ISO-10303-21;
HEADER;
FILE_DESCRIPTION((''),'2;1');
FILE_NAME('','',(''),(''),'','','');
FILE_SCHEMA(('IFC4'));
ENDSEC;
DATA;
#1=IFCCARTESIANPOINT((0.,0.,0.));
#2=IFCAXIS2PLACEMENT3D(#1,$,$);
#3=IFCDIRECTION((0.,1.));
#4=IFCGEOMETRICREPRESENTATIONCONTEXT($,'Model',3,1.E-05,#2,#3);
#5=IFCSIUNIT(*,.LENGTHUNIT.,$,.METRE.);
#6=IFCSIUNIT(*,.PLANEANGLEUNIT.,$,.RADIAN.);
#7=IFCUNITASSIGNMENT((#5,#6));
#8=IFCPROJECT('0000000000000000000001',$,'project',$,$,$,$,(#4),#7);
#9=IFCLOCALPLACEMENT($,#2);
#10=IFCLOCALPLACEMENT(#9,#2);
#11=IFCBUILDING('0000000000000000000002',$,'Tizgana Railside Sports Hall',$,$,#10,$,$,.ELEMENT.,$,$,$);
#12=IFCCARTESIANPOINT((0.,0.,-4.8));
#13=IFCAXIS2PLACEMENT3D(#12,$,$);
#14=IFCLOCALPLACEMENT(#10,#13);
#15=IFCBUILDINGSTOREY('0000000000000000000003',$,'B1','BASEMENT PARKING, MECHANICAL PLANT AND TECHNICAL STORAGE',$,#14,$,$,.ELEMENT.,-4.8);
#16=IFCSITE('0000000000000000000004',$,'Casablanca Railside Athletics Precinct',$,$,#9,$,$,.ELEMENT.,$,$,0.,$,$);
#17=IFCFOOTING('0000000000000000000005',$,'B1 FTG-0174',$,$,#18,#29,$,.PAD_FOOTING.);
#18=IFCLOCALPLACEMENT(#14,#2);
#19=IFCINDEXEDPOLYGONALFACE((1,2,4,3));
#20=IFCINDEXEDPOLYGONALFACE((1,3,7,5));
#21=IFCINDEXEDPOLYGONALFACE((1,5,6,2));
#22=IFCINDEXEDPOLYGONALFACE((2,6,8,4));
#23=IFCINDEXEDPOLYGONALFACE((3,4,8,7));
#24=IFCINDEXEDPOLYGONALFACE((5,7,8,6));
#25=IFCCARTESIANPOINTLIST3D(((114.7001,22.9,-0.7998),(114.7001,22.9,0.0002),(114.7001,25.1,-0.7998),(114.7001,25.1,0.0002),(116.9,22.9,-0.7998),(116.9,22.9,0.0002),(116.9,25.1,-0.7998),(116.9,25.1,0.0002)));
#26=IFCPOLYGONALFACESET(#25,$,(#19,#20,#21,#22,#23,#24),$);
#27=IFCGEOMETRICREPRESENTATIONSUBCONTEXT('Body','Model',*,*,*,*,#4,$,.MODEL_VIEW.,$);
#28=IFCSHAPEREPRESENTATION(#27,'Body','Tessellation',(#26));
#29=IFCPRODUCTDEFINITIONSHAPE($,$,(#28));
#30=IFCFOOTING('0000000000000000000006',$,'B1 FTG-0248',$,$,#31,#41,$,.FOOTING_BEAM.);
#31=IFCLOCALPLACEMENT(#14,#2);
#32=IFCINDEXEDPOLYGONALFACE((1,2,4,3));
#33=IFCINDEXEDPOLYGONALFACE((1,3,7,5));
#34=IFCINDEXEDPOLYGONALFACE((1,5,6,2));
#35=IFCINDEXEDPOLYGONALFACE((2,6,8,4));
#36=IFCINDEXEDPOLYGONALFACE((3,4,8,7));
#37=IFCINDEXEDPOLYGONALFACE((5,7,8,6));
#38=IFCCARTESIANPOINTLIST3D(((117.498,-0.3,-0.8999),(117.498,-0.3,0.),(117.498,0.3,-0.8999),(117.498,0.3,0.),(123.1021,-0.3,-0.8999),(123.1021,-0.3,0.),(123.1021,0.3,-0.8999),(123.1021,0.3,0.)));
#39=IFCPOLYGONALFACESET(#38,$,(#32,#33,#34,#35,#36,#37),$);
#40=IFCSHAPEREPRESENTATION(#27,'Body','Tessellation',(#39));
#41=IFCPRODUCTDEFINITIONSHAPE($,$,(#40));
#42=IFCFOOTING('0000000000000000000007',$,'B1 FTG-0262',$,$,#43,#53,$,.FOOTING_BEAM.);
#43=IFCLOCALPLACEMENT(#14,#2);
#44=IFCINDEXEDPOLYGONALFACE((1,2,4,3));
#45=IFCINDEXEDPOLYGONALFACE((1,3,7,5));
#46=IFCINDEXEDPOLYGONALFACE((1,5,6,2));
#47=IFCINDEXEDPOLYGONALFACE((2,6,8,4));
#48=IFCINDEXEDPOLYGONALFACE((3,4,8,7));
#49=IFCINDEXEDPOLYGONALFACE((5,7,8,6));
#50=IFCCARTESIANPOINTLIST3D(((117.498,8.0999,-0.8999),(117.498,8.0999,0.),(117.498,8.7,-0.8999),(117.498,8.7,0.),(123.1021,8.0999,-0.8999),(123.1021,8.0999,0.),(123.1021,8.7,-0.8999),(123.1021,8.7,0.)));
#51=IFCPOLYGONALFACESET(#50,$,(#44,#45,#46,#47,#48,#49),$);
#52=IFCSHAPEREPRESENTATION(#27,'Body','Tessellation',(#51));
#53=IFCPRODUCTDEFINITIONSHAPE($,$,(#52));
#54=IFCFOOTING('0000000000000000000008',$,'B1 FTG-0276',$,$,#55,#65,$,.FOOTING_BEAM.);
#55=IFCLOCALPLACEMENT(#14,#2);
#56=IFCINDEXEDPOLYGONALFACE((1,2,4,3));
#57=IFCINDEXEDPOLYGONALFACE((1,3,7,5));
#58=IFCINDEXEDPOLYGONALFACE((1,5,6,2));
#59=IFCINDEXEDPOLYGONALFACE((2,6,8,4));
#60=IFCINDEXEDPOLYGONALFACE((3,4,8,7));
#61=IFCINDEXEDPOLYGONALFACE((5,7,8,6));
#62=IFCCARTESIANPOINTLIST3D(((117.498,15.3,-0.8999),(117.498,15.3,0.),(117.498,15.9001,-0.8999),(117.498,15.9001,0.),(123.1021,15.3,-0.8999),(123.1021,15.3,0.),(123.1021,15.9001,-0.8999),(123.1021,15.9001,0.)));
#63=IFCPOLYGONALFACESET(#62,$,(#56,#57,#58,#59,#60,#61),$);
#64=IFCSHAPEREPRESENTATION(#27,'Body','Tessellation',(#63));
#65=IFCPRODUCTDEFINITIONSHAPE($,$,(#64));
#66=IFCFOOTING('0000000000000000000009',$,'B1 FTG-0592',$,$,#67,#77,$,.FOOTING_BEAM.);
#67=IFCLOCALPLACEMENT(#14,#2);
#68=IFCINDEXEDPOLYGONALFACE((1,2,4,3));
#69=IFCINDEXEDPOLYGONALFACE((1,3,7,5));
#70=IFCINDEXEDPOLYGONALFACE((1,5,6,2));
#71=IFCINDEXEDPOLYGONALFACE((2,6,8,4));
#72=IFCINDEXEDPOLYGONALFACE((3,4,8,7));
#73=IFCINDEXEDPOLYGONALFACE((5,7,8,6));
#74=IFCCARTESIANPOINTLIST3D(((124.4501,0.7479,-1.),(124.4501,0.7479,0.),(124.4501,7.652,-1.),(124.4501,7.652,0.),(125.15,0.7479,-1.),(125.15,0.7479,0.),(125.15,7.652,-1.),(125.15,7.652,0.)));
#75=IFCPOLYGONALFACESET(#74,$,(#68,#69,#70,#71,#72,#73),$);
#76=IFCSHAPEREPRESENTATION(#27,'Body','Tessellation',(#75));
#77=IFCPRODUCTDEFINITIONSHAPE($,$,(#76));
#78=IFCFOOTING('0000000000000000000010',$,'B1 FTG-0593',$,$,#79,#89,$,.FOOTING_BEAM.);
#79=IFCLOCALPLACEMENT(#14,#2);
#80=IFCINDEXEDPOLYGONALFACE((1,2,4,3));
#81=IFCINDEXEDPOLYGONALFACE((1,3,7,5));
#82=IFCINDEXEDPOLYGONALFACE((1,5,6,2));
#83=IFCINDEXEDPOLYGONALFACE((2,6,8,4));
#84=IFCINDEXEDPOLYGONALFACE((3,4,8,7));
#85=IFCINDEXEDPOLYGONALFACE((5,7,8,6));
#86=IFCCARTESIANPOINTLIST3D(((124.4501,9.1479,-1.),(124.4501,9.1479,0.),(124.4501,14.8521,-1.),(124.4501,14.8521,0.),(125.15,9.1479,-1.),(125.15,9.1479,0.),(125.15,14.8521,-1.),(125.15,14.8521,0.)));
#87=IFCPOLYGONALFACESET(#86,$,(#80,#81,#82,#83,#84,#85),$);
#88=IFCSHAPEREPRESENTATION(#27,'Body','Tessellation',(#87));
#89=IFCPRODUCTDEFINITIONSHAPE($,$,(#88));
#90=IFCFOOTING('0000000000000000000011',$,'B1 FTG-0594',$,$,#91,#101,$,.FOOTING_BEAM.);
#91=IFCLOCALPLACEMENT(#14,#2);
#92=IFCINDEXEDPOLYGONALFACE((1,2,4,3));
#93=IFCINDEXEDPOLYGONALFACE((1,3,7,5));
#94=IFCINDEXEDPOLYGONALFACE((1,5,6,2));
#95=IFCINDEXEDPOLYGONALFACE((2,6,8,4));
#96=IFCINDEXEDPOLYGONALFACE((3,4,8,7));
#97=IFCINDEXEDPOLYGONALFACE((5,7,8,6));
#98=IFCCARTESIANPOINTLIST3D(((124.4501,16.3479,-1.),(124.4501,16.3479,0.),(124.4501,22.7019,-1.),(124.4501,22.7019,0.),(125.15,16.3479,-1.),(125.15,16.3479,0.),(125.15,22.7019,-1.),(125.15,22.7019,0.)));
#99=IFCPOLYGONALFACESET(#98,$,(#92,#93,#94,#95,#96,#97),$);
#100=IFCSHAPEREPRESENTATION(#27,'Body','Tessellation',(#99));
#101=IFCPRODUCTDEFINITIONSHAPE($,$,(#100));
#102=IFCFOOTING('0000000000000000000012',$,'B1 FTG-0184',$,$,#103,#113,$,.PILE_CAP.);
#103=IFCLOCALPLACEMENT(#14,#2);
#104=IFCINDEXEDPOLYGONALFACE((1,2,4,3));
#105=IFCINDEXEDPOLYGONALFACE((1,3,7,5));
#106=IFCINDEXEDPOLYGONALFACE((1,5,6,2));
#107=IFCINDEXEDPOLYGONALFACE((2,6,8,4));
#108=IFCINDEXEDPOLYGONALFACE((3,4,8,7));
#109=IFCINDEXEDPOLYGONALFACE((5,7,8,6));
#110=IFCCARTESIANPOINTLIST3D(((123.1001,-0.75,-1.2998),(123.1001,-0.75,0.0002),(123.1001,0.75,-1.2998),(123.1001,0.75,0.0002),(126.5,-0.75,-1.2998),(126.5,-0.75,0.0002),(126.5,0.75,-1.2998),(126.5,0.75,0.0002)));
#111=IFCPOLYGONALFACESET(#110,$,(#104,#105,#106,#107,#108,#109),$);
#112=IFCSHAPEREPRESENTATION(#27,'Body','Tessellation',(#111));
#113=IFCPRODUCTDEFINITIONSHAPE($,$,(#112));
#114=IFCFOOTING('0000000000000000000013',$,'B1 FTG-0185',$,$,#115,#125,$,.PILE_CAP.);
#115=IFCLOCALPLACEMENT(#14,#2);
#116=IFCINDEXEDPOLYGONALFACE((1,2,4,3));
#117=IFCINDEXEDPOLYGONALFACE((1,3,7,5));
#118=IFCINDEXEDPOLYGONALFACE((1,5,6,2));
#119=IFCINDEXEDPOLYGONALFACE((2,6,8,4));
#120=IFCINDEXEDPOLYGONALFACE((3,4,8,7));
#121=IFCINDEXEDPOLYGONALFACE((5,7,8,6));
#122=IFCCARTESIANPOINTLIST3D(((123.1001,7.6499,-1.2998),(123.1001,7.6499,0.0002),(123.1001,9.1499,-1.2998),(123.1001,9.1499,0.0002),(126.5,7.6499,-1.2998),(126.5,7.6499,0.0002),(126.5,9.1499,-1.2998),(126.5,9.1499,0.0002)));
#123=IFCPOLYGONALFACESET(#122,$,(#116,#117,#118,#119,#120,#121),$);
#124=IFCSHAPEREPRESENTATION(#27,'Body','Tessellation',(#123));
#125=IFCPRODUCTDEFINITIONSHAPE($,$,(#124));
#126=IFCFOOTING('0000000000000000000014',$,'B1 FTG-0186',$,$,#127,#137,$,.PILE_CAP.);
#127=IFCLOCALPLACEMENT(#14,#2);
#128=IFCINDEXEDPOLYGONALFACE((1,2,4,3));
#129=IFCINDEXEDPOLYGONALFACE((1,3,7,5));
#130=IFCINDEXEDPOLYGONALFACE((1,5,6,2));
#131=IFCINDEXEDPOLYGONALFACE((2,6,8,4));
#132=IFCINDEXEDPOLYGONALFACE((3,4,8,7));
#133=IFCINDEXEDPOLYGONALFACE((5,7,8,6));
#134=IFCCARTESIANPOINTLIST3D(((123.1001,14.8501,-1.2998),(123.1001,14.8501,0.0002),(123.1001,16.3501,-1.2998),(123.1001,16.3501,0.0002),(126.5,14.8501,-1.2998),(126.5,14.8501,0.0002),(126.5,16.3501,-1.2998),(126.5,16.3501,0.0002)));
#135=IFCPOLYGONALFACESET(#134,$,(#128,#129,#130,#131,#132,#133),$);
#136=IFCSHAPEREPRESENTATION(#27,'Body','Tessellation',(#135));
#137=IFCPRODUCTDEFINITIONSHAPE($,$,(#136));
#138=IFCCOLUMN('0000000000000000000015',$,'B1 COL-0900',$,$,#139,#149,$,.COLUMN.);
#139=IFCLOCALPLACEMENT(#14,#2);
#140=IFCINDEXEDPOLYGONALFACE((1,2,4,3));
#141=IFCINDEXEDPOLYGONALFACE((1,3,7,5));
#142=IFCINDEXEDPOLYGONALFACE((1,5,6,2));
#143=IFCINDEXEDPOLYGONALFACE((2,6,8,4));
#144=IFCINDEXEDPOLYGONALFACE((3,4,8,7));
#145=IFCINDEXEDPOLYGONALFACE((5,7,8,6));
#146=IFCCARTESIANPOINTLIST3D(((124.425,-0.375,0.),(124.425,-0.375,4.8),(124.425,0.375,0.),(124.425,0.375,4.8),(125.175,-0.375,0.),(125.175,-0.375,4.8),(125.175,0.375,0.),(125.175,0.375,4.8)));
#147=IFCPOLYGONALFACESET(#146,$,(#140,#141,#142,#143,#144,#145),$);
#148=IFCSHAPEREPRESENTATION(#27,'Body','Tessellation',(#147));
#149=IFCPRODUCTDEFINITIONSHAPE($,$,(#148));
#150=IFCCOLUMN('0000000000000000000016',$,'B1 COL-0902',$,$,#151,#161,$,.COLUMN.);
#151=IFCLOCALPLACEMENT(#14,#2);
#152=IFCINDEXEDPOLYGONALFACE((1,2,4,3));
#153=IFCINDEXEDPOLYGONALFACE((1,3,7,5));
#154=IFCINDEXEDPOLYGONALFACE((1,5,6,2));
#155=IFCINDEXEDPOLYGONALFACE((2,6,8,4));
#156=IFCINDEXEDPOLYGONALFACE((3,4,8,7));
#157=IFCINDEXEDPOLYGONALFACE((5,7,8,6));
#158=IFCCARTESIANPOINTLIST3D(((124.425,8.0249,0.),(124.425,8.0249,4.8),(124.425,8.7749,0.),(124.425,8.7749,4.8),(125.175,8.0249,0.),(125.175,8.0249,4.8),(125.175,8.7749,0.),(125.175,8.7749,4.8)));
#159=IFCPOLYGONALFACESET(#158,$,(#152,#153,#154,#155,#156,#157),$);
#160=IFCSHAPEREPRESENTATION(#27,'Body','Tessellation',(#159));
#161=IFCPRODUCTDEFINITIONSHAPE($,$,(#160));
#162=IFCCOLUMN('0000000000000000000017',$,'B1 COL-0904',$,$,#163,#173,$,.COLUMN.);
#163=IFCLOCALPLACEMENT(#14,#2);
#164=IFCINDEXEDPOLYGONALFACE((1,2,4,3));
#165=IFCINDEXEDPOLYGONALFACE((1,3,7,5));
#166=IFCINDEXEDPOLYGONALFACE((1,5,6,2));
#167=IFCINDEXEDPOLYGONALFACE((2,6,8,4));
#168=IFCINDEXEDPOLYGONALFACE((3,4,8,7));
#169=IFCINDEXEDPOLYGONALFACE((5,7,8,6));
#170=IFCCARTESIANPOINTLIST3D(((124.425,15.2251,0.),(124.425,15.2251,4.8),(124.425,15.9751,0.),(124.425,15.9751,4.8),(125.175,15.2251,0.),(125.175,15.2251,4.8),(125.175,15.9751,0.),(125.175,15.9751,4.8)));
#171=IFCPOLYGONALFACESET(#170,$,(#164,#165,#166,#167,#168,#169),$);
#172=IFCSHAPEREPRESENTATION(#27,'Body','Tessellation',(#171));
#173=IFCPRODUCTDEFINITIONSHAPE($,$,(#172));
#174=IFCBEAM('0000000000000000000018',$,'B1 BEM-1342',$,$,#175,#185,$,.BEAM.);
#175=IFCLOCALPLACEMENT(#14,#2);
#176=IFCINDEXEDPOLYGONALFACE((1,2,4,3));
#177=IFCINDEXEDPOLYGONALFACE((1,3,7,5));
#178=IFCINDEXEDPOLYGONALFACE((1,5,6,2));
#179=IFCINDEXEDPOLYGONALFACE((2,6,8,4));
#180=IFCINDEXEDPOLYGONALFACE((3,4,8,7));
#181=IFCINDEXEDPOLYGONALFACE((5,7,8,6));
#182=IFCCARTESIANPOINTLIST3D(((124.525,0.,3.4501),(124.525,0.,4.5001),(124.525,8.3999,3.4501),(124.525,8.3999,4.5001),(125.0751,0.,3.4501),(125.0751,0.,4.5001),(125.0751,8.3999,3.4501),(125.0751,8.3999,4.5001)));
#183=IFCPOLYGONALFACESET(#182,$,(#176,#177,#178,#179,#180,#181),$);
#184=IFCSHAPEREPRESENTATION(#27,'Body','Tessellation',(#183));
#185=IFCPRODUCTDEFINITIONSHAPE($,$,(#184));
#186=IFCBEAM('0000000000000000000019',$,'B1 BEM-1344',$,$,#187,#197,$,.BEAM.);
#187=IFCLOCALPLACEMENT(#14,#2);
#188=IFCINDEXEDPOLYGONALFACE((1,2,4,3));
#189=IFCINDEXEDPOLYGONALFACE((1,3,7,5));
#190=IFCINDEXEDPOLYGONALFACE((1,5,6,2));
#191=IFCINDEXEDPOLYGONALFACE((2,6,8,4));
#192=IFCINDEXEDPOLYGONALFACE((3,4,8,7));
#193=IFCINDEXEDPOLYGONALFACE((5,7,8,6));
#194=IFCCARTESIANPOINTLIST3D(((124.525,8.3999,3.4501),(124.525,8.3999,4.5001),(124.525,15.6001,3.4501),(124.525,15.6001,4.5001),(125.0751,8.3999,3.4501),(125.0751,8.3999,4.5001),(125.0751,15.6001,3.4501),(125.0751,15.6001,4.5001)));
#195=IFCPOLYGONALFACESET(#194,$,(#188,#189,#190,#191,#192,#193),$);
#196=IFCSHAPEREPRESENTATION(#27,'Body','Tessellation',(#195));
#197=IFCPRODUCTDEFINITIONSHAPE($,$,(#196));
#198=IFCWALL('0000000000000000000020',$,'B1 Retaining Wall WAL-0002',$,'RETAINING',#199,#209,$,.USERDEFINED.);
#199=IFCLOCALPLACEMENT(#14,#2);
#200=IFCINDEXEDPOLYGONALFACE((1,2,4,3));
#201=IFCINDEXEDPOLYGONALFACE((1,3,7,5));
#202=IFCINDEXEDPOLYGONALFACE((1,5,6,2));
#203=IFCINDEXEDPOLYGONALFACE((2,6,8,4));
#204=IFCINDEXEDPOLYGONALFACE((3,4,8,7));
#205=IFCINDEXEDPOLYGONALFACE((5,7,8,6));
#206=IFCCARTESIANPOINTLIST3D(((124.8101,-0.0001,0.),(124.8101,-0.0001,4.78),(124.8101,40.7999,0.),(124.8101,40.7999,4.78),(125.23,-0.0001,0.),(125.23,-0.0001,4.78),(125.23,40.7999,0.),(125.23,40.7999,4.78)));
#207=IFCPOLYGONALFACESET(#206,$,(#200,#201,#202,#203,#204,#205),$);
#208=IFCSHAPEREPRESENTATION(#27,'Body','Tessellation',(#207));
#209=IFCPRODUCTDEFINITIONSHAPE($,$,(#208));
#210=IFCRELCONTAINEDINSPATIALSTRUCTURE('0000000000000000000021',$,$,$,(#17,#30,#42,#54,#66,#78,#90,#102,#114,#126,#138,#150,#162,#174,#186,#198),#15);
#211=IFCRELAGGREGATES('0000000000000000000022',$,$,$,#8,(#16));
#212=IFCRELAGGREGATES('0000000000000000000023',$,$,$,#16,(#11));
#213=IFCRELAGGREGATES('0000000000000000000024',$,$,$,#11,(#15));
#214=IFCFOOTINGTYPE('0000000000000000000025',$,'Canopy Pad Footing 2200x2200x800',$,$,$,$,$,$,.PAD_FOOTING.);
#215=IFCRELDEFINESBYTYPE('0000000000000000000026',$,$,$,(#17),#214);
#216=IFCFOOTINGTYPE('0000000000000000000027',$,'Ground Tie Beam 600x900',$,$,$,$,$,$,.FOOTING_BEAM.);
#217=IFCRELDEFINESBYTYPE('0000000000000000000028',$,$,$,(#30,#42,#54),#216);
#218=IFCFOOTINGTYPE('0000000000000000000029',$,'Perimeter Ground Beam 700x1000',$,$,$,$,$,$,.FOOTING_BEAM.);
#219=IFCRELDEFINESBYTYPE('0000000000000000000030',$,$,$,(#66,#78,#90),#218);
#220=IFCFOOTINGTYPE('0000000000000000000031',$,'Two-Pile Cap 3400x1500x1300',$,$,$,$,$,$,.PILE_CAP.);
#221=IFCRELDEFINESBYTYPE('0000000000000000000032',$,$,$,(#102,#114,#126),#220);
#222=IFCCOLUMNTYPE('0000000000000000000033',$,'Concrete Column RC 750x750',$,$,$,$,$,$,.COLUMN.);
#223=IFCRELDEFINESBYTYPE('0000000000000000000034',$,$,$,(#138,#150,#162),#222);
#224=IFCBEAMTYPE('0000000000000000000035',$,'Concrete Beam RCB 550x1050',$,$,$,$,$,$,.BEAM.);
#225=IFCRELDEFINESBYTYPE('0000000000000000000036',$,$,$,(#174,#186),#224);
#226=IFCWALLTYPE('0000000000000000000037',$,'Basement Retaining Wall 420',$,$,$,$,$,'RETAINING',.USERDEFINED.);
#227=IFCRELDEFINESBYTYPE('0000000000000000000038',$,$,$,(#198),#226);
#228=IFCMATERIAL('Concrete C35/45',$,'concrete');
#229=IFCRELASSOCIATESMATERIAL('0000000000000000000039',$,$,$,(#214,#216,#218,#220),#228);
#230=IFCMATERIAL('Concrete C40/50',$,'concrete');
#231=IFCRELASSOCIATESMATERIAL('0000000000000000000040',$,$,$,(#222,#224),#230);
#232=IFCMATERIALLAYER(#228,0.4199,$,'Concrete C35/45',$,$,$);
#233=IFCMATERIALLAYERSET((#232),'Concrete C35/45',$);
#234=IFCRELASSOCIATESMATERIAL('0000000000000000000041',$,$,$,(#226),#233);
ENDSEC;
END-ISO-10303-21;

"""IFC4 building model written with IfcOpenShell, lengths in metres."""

from ifc_helpers import new_model, si_unit, direction, frame, frame_2d, origin, origin_2d, place, context, subcontext, project, spatial, rectangle, extrude, material, layer, layer_set, material_profile, profile_set, type_object, element, save


model = new_model("IFC4")

# Units and contexts
model_context = context("Model", 3, precision=1e-05, world=origin(), true_north=direction((0.0, 1.0)))
body_context = subcontext(model_context, "Body", "Model", "MODEL_VIEW")
ifc_project = project(units=[si_unit("LENGTHUNIT", "METRE"), si_unit("PLANEANGLEUNIT", "RADIAN")], contexts=[model_context])

# Site, building, storey
site_placement = place(None, origin())
site = spatial("IfcSite", under=ifc_project, at=site_placement, Name="Casablanca Railside Athletics Precinct", CompositionType="ELEMENT", RefElevation=0.0)
building_placement = place(site_placement, origin())
building = spatial("IfcBuilding", under=site, at=building_placement, Name="Tizgana Railside Sports Hall", CompositionType="ELEMENT")
storey_placement = place(building_placement, frame((0.0, 0.0, -4.8)))
storey = spatial("IfcBuildingStorey", under=building, at=storey_placement, Name="B1", Description="BASEMENT PARKING, MECHANICAL PLANT AND TECHNICAL STORAGE", CompositionType="ELEMENT", Elevation=-4.8)

# Shared definitions
ifc_material_1 = material(Name="Concrete C35/45", Category="concrete")

# Footings
footing_type_1 = type_object("IfcFootingType", Name="Canopy Pad Footing 2200x2200x800", PredefinedType="PAD_FOOTING", material=ifc_material_1)
footing_1_placement = place(storey_placement, frame((115.8, 24.0, -0.7998), z_axis=(0.0, 0.0, 1.0), x_axis=(1.0, 0.0, 0.0)))
element("IfcFooting", 1, at=footing_1_placement, inside=storey, type_object=footing_type_1, Name="B1 FTG-0174", PredefinedType="PAD_FOOTING", context=body_context, shape_type="SweptSolid", body=[
    extrude(rectangle(XDim=2.2, YDim=2.2, at=origin_2d()), origin(), (0.0, 0.0, 1.0), 0.8),
])
footing_type_2 = type_object("IfcFootingType", Name="Ground Tie Beam 600x900", PredefinedType="FOOTING_BEAM", material=ifc_material_1)
for number, where, z_axis, x_axis, name in (
    (2, (120.3, 0.0, -0.8999), (0.0, 0.0, 1.0), (1.0, 0.0, 0.0), "B1 FTG-0248"),
    (3, (120.3, 8.3999, -0.8999), (0.0, 0.0, 1.0), (1.0, 0.0, 0.0), "B1 FTG-0262"),
    (4, (120.3, 15.6001, -0.8999), (0.0, 0.0, 1.0), (1.0, 0.0, 0.0), "B1 FTG-0276"),
):
    element("IfcFooting", number, at=place(storey_placement, frame(where, z_axis=z_axis, x_axis=x_axis)), inside=storey, type_object=footing_type_2, Name=name, PredefinedType="FOOTING_BEAM", context=body_context, shape_type="SweptSolid", body=[
        extrude(rectangle(XDim=5.604, YDim=0.6001, at=origin_2d()), origin(), (0.0, 0.0, 1.0), 0.8999),
    ])
footing_type_3 = type_object("IfcFootingType", Name="Perimeter Ground Beam 700x1000", PredefinedType="FOOTING_BEAM", material=ifc_material_1)
footing_2_placement = place(storey_placement, frame((124.8, 4.2, -1.0), z_axis=(0.0, 0.0, 1.0), x_axis=(0.0, 1.0, 0.0)))
element("IfcFooting", 5, at=footing_2_placement, inside=storey, type_object=footing_type_3, Name="B1 FTG-0592", PredefinedType="FOOTING_BEAM", context=body_context, shape_type="SweptSolid", body=[
    extrude(rectangle(XDim=6.9041, YDim=0.7, at=origin_2d()), origin(), (0.0, 0.0, 1.0), 1.0),
])
footing_3_placement = place(storey_placement, frame((124.8, 12.0, -1.0), z_axis=(0.0, 0.0, 1.0), x_axis=(0.0, 1.0, 0.0)))
element("IfcFooting", 6, at=footing_3_placement, inside=storey, type_object=footing_type_3, Name="B1 FTG-0593", PredefinedType="FOOTING_BEAM", context=body_context, shape_type="SweptSolid", body=[
    extrude(rectangle(XDim=5.7041, YDim=0.7, at=origin_2d()), origin(), (0.0, 0.0, 1.0), 1.0),
])
footing_4_placement = place(storey_placement, frame((124.8, 19.5249, -1.0), z_axis=(0.0, 0.0, 1.0), x_axis=(0.0, 1.0, 0.0)))
element("IfcFooting", 7, at=footing_4_placement, inside=storey, type_object=footing_type_3, Name="B1 FTG-0594", PredefinedType="FOOTING_BEAM", context=body_context, shape_type="SweptSolid", body=[
    extrude(rectangle(XDim=6.354, YDim=0.7, at=origin_2d()), origin(), (0.0, 0.0, 1.0), 1.0),
])
footing_type_4 = type_object("IfcFootingType", Name="Two-Pile Cap 3400x1500x1300", PredefinedType="PILE_CAP", material=ifc_material_1)
for number, where, z_axis, x_axis, name in (
    (8, (124.8, 0.0, -1.2998), (0.0, 0.0, 1.0), (1.0, 0.0, 0.0), "B1 FTG-0184"),
    (9, (124.8, 8.3999, -1.2998), (0.0, 0.0, 1.0), (1.0, 0.0, 0.0), "B1 FTG-0185"),
    (10, (124.8, 15.6001, -1.2998), (0.0, 0.0, 1.0), (1.0, 0.0, 0.0), "B1 FTG-0186"),
):
    element("IfcFooting", number, at=place(storey_placement, frame(where, z_axis=z_axis, x_axis=x_axis)), inside=storey, type_object=footing_type_4, Name=name, PredefinedType="PILE_CAP", context=body_context, shape_type="SweptSolid", body=[
        extrude(rectangle(XDim=3.3999, YDim=1.5, at=origin_2d()), origin(), (0.0, 0.0, 1.0), 1.3),
    ])

# Columns
ifc_material_2 = material(Name="Concrete C40/50", Category="concrete")
ifc_material_profile_1 = material_profile(ifc_material_2, rectangle(XDim=0.75, YDim=0.75, at=origin_2d()), Name="RC 750x750")
ifc_profile_set_1 = profile_set([ifc_material_profile_1], Name="Concrete C40/50")
column_type = type_object("IfcColumnType", Name="Concrete Column RC 750x750", PredefinedType="COLUMN", material=ifc_profile_set_1)
for number, where, z_axis, x_axis, name in (
    (11, (124.8, 0.0, 0.0), (0.0, 0.0, 1.0), (1.0, 0.0, 0.0), "B1 COL-0900"),
    (12, (124.8, 8.3999, 0.0), (0.0, 0.0, 1.0), (1.0, 0.0, 0.0), "B1 COL-0902"),
    (13, (124.8, 15.6001, 0.0), (0.0, 0.0, 1.0), (1.0, 0.0, 0.0), "B1 COL-0904"),
):
    element("IfcColumn", number, at=place(storey_placement, frame(where, z_axis=z_axis, x_axis=x_axis)), inside=storey, type_object=column_type, Name=name, PredefinedType="COLUMN", context=body_context, shape_type="SweptSolid", body=[
        extrude(rectangle(XDim=0.75, YDim=0.75, at=origin_2d()), origin(), (0.0, 0.0, 1.0), 4.8),
    ])

# Beams
ifc_material_profile_2 = material_profile(ifc_material_2, rectangle(XDim=0.55, YDim=1.05, at=origin_2d()), Name="RCB 550x1050")
ifc_profile_set_2 = profile_set([ifc_material_profile_2], Name="Concrete C40/50")
beam_type = type_object("IfcBeamType", Name="Concrete Beam RCB 550x1050", PredefinedType="BEAM", material=ifc_profile_set_2)
beam_1_placement = place(storey_placement, frame((124.8, 0.0, 3.9751), z_axis=(0.0, 1.0, 0.0), x_axis=(-1.0, 0.0, 0.0)))
element("IfcBeam", 14, at=beam_1_placement, inside=storey, type_object=beam_type, Name="B1 BEM-1342", PredefinedType="BEAM", context=body_context, shape_type="SweptSolid", body=[
    extrude(rectangle(XDim=0.55, YDim=1.05, at=origin_2d()), origin(), (0.0, 0.0, 1.0), 8.3999),
])
beam_2_placement = place(storey_placement, frame((124.8, 8.3999, 3.9751), z_axis=(0.0, 1.0, 0.0), x_axis=(-1.0, 0.0, 0.0)))
element("IfcBeam", 15, at=beam_2_placement, inside=storey, type_object=beam_type, Name="B1 BEM-1344", PredefinedType="BEAM", context=body_context, shape_type="SweptSolid", body=[
    extrude(rectangle(XDim=0.55, YDim=1.05, at=origin_2d()), origin(), (0.0, 0.0, 1.0), 7.2002),
])

# Wall
ifc_layer_1 = layer(ifc_material_1, 0.4199, Name="Concrete C35/45")
ifc_layer_set_1 = layer_set([ifc_layer_1], Name="Concrete C35/45")
wall_type_1 = type_object("IfcWallType", Name="Basement Retaining Wall 420", ElementType="RETAINING", PredefinedType="USERDEFINED", material=ifc_layer_set_1)
wall_1_placement = place(storey_placement, frame((125.02, 0.0, 0.0), z_axis=(0.0, 0.0, 1.0), x_axis=(0.0, 1.0, 0.0)))
element("IfcWall", 16, at=wall_1_placement, inside=storey, type_object=wall_type_1, Name="B1 Retaining Wall WAL-0002", ObjectType="RETAINING", PredefinedType="USERDEFINED", context=body_context, shape_type="SweptSolid", body=[
    extrude(rectangle(XDim=40.8, YDim=0.4199, at=frame_2d((20.3999, 0.0))), origin(), (0.0, 0.0, 1.0), 4.78),
])

save(model, "model.ifc")
